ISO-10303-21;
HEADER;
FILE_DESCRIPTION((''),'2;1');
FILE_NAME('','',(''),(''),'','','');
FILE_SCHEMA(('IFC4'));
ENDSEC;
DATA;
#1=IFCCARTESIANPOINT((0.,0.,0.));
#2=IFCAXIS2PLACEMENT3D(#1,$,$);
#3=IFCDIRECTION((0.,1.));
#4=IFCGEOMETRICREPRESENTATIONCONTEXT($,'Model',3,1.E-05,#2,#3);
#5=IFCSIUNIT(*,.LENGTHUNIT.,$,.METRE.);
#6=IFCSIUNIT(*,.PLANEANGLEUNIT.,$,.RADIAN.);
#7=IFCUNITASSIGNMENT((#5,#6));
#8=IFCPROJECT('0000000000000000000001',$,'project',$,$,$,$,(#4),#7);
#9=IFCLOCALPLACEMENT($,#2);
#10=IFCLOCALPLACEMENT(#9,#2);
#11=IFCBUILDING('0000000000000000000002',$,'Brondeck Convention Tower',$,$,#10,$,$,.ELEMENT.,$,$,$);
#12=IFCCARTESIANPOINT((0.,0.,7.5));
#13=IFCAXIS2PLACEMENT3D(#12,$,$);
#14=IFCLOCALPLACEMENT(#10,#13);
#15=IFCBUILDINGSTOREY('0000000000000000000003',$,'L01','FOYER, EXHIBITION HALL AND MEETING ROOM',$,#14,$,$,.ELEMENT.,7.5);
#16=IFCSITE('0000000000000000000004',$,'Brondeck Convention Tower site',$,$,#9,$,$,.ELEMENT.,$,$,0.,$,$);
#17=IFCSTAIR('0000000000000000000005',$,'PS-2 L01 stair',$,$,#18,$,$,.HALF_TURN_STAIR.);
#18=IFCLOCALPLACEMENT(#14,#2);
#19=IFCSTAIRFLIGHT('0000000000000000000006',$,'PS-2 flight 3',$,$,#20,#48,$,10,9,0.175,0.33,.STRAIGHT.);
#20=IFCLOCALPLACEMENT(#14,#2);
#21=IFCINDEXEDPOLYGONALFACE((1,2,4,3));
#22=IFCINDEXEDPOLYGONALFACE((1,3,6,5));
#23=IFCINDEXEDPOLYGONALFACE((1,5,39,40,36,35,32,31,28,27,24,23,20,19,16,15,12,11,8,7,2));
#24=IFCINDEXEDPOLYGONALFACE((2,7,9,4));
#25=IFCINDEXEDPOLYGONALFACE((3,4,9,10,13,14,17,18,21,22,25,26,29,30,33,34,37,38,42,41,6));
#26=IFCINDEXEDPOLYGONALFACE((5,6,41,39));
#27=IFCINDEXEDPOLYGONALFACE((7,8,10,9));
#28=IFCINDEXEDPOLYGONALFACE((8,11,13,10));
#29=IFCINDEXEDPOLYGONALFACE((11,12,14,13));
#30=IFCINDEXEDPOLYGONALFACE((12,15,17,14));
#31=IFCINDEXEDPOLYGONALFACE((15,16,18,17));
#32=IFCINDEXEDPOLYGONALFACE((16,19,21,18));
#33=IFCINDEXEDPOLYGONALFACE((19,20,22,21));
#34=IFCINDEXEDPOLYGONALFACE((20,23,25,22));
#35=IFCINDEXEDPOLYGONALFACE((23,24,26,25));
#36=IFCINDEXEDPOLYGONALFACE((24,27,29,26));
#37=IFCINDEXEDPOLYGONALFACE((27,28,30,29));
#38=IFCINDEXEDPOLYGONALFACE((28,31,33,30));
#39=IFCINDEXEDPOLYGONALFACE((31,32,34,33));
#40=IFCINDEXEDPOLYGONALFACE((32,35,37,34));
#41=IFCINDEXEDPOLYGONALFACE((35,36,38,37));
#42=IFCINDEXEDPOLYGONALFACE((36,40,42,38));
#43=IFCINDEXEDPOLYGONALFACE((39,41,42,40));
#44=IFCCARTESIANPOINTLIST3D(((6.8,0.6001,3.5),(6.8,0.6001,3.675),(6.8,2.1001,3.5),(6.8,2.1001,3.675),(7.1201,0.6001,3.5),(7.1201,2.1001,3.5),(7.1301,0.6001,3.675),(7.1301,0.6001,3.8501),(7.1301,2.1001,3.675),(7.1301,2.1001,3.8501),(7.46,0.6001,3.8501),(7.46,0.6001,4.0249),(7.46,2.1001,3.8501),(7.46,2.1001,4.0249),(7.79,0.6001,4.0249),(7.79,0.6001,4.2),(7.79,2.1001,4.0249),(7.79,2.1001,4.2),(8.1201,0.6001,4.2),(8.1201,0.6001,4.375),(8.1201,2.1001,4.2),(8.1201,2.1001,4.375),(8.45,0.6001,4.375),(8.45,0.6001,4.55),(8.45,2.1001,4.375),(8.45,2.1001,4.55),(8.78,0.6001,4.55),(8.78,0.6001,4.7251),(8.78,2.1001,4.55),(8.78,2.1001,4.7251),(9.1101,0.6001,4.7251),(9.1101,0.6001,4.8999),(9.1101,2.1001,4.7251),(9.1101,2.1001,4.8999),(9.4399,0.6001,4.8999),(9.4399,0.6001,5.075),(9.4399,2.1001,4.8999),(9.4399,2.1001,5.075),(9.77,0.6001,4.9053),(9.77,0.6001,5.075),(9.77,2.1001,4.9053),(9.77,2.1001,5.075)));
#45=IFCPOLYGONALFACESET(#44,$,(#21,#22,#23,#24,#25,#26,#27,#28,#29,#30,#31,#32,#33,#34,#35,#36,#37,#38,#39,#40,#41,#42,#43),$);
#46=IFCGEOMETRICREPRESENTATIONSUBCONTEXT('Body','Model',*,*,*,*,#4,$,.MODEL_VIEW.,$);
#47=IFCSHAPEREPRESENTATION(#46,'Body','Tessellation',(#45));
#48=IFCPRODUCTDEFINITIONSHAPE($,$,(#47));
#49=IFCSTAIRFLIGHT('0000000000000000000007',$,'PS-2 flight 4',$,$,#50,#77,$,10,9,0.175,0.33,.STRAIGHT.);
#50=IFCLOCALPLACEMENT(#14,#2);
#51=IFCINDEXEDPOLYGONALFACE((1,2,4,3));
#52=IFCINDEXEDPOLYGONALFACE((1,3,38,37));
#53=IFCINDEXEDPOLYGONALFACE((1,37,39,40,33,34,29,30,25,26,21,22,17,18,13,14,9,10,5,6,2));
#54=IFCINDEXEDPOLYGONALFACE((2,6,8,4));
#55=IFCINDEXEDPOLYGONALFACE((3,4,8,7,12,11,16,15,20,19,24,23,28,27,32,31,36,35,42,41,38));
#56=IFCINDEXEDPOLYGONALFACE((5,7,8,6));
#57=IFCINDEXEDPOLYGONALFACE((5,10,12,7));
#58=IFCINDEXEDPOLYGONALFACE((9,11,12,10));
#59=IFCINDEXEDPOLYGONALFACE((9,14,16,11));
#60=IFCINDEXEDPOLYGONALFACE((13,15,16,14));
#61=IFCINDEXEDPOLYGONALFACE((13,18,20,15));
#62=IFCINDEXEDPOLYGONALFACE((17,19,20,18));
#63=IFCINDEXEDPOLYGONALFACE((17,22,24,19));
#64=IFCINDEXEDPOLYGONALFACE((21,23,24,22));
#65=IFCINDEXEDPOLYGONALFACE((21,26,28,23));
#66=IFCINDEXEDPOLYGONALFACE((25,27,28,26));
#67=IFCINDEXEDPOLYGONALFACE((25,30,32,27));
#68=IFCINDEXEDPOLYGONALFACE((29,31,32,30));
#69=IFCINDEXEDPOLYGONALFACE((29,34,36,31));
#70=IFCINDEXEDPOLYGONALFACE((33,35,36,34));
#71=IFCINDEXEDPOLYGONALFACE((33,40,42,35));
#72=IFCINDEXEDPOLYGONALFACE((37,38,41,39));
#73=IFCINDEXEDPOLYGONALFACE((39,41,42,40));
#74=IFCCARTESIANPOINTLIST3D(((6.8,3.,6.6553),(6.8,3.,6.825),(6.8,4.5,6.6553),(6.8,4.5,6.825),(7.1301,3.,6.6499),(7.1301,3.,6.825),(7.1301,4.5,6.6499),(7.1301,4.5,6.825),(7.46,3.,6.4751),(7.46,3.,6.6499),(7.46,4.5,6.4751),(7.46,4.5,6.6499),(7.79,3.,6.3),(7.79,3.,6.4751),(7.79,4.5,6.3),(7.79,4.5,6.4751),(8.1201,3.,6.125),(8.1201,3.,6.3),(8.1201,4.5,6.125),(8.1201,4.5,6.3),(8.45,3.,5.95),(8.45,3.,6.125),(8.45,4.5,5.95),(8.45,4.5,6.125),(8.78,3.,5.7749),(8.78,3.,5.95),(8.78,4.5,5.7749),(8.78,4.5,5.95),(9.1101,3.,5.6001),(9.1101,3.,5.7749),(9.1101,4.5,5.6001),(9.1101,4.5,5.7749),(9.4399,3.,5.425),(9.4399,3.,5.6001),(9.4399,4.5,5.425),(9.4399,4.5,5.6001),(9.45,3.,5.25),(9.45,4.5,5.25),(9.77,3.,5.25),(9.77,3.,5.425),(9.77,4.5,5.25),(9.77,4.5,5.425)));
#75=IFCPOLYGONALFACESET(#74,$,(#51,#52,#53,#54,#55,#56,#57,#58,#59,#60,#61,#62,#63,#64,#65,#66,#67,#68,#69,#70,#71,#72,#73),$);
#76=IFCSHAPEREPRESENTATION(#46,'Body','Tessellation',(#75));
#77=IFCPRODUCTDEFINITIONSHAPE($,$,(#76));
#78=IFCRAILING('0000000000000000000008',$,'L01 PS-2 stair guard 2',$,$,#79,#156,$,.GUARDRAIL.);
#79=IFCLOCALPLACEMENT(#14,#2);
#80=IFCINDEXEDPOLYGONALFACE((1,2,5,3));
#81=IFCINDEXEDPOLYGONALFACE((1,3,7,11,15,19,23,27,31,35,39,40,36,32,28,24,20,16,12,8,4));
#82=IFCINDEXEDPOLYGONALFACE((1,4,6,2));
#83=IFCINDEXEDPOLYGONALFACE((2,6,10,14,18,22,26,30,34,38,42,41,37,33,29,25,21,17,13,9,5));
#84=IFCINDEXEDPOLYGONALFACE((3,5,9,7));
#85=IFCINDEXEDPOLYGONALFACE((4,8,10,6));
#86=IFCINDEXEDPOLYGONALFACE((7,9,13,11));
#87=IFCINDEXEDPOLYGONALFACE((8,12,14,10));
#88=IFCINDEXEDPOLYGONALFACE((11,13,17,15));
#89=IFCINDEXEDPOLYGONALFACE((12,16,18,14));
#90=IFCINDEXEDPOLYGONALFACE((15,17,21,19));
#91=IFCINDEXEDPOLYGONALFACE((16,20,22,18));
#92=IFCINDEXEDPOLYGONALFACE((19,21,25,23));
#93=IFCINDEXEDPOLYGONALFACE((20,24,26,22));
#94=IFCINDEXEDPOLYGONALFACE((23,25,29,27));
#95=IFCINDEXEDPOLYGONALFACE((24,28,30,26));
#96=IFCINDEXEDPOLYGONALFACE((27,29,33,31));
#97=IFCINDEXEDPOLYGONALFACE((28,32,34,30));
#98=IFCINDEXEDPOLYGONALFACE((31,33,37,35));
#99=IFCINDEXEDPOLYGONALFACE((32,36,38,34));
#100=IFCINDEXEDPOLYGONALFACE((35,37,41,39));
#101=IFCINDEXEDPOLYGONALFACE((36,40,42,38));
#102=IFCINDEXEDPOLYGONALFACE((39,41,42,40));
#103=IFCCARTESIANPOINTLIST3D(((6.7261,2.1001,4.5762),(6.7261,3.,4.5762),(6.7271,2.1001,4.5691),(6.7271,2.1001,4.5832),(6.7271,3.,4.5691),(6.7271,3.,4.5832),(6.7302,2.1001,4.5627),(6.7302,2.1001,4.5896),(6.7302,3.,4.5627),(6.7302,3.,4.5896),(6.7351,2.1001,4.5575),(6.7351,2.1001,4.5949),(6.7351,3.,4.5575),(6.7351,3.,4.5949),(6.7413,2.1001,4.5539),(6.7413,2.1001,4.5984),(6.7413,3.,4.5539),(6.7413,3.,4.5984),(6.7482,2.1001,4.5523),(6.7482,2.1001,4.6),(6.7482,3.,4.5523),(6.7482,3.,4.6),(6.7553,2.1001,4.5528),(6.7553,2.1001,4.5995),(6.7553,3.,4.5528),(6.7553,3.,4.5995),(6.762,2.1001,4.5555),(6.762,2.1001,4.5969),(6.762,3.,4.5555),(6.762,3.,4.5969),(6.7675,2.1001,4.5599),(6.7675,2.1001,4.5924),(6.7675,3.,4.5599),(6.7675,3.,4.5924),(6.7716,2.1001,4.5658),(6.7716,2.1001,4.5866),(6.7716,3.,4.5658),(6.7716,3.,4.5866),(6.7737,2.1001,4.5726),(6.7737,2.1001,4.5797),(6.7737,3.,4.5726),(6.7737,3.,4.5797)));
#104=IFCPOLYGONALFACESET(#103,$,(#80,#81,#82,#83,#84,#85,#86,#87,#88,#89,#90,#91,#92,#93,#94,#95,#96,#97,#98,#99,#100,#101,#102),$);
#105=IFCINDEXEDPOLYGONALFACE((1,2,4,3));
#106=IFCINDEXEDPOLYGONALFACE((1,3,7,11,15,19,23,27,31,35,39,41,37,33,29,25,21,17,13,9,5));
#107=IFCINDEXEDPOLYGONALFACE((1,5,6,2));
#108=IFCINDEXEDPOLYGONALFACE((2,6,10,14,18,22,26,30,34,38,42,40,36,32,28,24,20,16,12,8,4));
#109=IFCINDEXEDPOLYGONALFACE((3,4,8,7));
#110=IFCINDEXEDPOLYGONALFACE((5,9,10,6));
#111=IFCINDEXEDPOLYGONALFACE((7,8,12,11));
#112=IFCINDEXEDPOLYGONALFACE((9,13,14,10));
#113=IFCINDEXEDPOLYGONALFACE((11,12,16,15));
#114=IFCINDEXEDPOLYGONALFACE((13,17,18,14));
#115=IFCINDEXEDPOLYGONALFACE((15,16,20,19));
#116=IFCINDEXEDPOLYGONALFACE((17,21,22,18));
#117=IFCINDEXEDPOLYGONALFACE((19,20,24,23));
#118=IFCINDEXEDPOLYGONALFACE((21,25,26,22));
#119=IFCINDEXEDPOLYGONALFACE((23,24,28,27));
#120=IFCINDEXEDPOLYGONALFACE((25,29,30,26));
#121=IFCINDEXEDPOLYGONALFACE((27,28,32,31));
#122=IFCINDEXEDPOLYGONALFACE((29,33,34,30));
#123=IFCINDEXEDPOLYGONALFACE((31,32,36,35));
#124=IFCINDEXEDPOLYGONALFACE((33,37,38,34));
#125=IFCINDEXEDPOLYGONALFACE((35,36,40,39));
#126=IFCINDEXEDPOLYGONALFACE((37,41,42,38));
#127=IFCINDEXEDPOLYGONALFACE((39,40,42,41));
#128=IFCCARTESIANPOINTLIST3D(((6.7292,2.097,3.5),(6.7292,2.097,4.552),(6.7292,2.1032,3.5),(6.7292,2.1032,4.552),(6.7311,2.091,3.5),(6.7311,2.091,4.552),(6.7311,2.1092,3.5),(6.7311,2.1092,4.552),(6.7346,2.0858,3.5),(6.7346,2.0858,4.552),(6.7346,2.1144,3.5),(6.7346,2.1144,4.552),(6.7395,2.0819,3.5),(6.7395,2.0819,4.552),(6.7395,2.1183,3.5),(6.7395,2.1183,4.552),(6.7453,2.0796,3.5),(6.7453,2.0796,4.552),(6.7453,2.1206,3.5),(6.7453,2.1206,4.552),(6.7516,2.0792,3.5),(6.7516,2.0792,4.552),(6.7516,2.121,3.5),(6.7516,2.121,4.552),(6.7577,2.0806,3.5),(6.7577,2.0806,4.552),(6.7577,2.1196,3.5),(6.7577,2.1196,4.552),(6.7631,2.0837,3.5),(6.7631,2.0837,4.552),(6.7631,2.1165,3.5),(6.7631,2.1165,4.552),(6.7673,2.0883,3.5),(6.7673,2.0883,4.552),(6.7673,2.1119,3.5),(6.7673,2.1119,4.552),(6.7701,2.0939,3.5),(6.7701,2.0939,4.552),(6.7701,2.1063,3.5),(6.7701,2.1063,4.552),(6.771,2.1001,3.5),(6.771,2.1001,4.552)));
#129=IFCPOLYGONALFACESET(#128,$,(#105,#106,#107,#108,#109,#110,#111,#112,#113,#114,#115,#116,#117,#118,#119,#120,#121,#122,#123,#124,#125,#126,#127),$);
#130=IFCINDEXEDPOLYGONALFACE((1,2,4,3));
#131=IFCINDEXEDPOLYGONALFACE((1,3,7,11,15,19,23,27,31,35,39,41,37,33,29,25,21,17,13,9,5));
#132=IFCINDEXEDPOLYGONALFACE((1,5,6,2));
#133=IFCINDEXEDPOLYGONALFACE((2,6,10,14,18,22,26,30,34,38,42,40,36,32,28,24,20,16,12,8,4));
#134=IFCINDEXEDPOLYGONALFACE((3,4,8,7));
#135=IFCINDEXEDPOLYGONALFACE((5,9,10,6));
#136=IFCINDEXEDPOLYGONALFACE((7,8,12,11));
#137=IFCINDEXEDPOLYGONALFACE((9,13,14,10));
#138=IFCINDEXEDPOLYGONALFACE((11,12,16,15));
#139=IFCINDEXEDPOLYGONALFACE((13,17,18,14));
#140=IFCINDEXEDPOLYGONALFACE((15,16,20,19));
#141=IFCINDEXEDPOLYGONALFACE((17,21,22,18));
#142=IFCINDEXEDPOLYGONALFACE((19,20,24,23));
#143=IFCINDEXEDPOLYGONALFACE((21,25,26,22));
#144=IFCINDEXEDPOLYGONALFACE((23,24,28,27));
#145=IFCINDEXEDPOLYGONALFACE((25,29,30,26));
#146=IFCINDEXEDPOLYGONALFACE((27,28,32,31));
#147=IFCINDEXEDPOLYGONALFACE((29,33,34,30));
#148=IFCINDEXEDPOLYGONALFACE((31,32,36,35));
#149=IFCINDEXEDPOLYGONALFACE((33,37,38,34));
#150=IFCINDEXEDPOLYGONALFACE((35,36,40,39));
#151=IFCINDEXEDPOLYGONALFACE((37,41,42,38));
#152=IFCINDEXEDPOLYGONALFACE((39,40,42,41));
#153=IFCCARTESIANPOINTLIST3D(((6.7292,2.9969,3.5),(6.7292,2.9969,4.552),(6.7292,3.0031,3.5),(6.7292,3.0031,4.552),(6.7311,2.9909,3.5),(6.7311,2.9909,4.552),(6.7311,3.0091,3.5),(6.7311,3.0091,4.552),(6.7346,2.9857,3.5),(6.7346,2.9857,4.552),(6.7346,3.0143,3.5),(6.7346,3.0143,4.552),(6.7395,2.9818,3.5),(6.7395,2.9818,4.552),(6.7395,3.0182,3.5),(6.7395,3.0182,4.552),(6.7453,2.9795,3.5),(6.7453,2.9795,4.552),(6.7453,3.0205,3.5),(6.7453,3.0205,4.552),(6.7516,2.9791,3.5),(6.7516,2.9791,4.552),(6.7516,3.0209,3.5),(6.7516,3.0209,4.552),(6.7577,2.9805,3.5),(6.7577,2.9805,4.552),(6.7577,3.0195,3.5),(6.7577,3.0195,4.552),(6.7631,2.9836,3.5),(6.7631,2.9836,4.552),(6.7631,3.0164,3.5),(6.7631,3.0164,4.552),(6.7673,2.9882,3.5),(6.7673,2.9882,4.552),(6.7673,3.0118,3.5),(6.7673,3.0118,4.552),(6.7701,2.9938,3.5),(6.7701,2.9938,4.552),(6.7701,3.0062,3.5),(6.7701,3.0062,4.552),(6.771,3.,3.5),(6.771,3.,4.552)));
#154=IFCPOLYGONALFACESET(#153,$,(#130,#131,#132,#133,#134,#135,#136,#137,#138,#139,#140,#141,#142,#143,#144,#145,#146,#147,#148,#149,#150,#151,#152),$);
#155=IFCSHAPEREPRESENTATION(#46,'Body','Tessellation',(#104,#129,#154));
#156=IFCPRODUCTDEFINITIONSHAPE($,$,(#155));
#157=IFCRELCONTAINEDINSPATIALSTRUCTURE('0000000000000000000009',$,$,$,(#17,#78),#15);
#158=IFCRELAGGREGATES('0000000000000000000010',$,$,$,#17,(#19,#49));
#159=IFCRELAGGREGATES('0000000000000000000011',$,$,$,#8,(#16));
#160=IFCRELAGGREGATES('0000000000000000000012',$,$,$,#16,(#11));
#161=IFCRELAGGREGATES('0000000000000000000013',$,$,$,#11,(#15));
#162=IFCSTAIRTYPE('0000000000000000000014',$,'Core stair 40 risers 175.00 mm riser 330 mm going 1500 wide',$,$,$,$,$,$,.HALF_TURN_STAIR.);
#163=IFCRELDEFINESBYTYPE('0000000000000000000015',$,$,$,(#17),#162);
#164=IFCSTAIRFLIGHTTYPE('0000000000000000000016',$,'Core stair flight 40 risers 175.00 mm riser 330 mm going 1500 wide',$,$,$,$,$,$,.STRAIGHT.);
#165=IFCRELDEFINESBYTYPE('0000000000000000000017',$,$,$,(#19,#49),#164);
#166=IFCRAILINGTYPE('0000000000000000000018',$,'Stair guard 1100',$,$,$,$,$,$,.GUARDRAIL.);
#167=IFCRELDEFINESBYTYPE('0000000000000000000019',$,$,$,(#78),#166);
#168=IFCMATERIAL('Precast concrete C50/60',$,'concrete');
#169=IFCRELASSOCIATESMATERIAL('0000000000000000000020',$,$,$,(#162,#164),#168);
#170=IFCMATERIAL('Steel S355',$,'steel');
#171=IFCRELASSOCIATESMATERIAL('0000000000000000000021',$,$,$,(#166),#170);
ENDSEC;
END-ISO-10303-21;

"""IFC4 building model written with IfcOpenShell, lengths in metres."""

from ifc_helpers import new_model, si_unit, direction, frame, origin, origin_2d, place, context, subcontext, project, spatial, polyline, circle, outline, extrude, material, type_object, element, aggregate, save


model = new_model("IFC4")

# Units and contexts
model_context = context("Model", 3, precision=1e-05, world=origin(), true_north=direction((0.0, 1.0)))
body_context = subcontext(model_context, "Body", "Model", "MODEL_VIEW")
ifc_project = project(units=[si_unit("LENGTHUNIT", "METRE"), si_unit("PLANEANGLEUNIT", "RADIAN")], contexts=[model_context])

# Site, building, storey
site_placement = place(None, origin())
site = spatial("IfcSite", under=ifc_project, at=site_placement, Name="Brondeck Convention Tower site", CompositionType="ELEMENT", RefElevation=0.0)
building_placement = place(site_placement, origin())
building = spatial("IfcBuilding", under=site, at=building_placement, Name="Brondeck Convention Tower", CompositionType="ELEMENT")
storey_placement = place(building_placement, frame((0.0, 0.0, 7.5)))
storey = spatial("IfcBuildingStorey", under=building, at=storey_placement, Name="L01", Description="FOYER, EXHIBITION HALL AND MEETING ROOM", CompositionType="ELEMENT", Elevation=7.5)

# Stair, stair flights
ifc_material_1 = material(Name="Precast concrete C50/60", Category="concrete")
stair_type = type_object("IfcStairType", Name="Core stair 40 risers 175.00 mm riser 330 mm going 1500 wide", PredefinedType="HALF_TURN_STAIR", material=ifc_material_1)
stair_placement = place(storey_placement, origin())
stair = element("IfcStair", 1, at=stair_placement, inside=storey, type_object=stair_type, Name="PS-2 L01 stair", PredefinedType="HALF_TURN_STAIR")
stair_flight_type = type_object("IfcStairFlightType", Name="Core stair flight 40 risers 175.00 mm riser 330 mm going 1500 wide", PredefinedType="STRAIGHT", material=ifc_material_1)
stair_flight_1_placement = place(storey_placement, frame((6.8, 1.3501, 3.5), z_axis=(0.0, 0.0, 1.0), x_axis=(1.0, 0.0, 0.0)))
stair_flight_1 = element("IfcStairFlight", 2, at=stair_flight_1_placement, type_object=stair_flight_type, Name="PS-2 flight 3", NumberOfRisers=10, NumberOfTreads=9, PredefinedType="STRAIGHT", RiserHeight=0.175, TreadLength=0.33, context=body_context, shape_type="SweptSolid", body=[
    extrude(outline(polyline([(0.0, 0.0), (0.0, 0.175), (0.3301, 0.175), (0.3301, 0.3501), (0.6599, 0.3501), (0.6599, 0.5249), (0.99, 0.5249), (0.99, 0.7), (1.3201, 0.7), (1.3201, 0.875), (1.6499, 0.875), (1.6499, 1.05), (1.98, 1.05), (1.98, 1.2251), (2.3101, 1.2251), (2.3101, 1.3999), (2.6399, 1.3999), (2.6399, 1.575), (2.97, 1.575), (2.97, 1.75), (2.97, 1.4053), (0.3201, 0.0), (0.0, 0.0)])), frame((0.0, 0.75, 0.0), z_axis=(0.0, -1.0, 0.0), x_axis=(1.0, 0.0, 0.0)), (0.0, 0.0, 1.0), 1.5),
])
stair_flight_2_placement = place(storey_placement, frame((9.77, 3.75, 5.25), z_axis=(0.0, 0.0, 1.0), x_axis=(-1.0, 0.0, 0.0)))
stair_flight_2 = element("IfcStairFlight", 3, at=stair_flight_2_placement, type_object=stair_flight_type, Name="PS-2 flight 4", NumberOfRisers=10, NumberOfTreads=9, PredefinedType="STRAIGHT", RiserHeight=0.175, TreadLength=0.33, context=body_context, shape_type="SweptSolid", body=[
    extrude(outline(polyline([(0.0, 0.0), (0.0, 0.175), (0.3301, 0.175), (0.3301, 0.3501), (0.6599, 0.3501), (0.6599, 0.5249), (0.99, 0.5249), (0.99, 0.7), (1.3201, 0.7), (1.3201, 0.875), (1.6499, 0.875), (1.6499, 1.05), (1.98, 1.05), (1.98, 1.2251), (2.3101, 1.2251), (2.3101, 1.3999), (2.6399, 1.3999), (2.6399, 1.575), (2.97, 1.575), (2.97, 1.75), (2.97, 1.4053), (0.3201, 0.0), (0.0, 0.0)])), frame((0.0, 0.75, 0.0), z_axis=(0.0, -1.0, 0.0), x_axis=(1.0, 0.0, 0.0)), (0.0, 0.0, 1.0), 1.5),
])
aggregate(stair, [stair_flight_1, stair_flight_2])

# Railing
ifc_material_2 = material(Name="Steel S355", Category="steel")
railing_type_1 = type_object("IfcRailingType", Name="Stair guard 1100", PredefinedType="GUARDRAIL", material=ifc_material_2)
railing_1_placement = place(storey_placement, frame((6.75, 2.1001, 3.5)))
element("IfcRailing", 4, at=railing_1_placement, inside=storey, type_object=railing_type_1, Name="L01 PS-2 stair guard 2", PredefinedType="GUARDRAIL", context=body_context, shape_type="SweptSolid", body=[
    extrude(circle(Radius=0.0239, at=origin_2d()), frame((0.0, 0.0, 1.0762), z_axis=(0.0, 1.0, 0.0), x_axis=(-1.0, 0.0, 0.0)), (0.0, 0.0, 1.0), 0.8999),
    extrude(circle(Radius=0.021, at=origin_2d()), origin(), (0.0, 0.0, 1.0), 1.052),
    extrude(circle(Radius=0.021, at=origin_2d()), frame((0.0, 0.8999, 0.0)), (0.0, 0.0, 1.0), 1.052),
])

save(model, "model.ifc")
